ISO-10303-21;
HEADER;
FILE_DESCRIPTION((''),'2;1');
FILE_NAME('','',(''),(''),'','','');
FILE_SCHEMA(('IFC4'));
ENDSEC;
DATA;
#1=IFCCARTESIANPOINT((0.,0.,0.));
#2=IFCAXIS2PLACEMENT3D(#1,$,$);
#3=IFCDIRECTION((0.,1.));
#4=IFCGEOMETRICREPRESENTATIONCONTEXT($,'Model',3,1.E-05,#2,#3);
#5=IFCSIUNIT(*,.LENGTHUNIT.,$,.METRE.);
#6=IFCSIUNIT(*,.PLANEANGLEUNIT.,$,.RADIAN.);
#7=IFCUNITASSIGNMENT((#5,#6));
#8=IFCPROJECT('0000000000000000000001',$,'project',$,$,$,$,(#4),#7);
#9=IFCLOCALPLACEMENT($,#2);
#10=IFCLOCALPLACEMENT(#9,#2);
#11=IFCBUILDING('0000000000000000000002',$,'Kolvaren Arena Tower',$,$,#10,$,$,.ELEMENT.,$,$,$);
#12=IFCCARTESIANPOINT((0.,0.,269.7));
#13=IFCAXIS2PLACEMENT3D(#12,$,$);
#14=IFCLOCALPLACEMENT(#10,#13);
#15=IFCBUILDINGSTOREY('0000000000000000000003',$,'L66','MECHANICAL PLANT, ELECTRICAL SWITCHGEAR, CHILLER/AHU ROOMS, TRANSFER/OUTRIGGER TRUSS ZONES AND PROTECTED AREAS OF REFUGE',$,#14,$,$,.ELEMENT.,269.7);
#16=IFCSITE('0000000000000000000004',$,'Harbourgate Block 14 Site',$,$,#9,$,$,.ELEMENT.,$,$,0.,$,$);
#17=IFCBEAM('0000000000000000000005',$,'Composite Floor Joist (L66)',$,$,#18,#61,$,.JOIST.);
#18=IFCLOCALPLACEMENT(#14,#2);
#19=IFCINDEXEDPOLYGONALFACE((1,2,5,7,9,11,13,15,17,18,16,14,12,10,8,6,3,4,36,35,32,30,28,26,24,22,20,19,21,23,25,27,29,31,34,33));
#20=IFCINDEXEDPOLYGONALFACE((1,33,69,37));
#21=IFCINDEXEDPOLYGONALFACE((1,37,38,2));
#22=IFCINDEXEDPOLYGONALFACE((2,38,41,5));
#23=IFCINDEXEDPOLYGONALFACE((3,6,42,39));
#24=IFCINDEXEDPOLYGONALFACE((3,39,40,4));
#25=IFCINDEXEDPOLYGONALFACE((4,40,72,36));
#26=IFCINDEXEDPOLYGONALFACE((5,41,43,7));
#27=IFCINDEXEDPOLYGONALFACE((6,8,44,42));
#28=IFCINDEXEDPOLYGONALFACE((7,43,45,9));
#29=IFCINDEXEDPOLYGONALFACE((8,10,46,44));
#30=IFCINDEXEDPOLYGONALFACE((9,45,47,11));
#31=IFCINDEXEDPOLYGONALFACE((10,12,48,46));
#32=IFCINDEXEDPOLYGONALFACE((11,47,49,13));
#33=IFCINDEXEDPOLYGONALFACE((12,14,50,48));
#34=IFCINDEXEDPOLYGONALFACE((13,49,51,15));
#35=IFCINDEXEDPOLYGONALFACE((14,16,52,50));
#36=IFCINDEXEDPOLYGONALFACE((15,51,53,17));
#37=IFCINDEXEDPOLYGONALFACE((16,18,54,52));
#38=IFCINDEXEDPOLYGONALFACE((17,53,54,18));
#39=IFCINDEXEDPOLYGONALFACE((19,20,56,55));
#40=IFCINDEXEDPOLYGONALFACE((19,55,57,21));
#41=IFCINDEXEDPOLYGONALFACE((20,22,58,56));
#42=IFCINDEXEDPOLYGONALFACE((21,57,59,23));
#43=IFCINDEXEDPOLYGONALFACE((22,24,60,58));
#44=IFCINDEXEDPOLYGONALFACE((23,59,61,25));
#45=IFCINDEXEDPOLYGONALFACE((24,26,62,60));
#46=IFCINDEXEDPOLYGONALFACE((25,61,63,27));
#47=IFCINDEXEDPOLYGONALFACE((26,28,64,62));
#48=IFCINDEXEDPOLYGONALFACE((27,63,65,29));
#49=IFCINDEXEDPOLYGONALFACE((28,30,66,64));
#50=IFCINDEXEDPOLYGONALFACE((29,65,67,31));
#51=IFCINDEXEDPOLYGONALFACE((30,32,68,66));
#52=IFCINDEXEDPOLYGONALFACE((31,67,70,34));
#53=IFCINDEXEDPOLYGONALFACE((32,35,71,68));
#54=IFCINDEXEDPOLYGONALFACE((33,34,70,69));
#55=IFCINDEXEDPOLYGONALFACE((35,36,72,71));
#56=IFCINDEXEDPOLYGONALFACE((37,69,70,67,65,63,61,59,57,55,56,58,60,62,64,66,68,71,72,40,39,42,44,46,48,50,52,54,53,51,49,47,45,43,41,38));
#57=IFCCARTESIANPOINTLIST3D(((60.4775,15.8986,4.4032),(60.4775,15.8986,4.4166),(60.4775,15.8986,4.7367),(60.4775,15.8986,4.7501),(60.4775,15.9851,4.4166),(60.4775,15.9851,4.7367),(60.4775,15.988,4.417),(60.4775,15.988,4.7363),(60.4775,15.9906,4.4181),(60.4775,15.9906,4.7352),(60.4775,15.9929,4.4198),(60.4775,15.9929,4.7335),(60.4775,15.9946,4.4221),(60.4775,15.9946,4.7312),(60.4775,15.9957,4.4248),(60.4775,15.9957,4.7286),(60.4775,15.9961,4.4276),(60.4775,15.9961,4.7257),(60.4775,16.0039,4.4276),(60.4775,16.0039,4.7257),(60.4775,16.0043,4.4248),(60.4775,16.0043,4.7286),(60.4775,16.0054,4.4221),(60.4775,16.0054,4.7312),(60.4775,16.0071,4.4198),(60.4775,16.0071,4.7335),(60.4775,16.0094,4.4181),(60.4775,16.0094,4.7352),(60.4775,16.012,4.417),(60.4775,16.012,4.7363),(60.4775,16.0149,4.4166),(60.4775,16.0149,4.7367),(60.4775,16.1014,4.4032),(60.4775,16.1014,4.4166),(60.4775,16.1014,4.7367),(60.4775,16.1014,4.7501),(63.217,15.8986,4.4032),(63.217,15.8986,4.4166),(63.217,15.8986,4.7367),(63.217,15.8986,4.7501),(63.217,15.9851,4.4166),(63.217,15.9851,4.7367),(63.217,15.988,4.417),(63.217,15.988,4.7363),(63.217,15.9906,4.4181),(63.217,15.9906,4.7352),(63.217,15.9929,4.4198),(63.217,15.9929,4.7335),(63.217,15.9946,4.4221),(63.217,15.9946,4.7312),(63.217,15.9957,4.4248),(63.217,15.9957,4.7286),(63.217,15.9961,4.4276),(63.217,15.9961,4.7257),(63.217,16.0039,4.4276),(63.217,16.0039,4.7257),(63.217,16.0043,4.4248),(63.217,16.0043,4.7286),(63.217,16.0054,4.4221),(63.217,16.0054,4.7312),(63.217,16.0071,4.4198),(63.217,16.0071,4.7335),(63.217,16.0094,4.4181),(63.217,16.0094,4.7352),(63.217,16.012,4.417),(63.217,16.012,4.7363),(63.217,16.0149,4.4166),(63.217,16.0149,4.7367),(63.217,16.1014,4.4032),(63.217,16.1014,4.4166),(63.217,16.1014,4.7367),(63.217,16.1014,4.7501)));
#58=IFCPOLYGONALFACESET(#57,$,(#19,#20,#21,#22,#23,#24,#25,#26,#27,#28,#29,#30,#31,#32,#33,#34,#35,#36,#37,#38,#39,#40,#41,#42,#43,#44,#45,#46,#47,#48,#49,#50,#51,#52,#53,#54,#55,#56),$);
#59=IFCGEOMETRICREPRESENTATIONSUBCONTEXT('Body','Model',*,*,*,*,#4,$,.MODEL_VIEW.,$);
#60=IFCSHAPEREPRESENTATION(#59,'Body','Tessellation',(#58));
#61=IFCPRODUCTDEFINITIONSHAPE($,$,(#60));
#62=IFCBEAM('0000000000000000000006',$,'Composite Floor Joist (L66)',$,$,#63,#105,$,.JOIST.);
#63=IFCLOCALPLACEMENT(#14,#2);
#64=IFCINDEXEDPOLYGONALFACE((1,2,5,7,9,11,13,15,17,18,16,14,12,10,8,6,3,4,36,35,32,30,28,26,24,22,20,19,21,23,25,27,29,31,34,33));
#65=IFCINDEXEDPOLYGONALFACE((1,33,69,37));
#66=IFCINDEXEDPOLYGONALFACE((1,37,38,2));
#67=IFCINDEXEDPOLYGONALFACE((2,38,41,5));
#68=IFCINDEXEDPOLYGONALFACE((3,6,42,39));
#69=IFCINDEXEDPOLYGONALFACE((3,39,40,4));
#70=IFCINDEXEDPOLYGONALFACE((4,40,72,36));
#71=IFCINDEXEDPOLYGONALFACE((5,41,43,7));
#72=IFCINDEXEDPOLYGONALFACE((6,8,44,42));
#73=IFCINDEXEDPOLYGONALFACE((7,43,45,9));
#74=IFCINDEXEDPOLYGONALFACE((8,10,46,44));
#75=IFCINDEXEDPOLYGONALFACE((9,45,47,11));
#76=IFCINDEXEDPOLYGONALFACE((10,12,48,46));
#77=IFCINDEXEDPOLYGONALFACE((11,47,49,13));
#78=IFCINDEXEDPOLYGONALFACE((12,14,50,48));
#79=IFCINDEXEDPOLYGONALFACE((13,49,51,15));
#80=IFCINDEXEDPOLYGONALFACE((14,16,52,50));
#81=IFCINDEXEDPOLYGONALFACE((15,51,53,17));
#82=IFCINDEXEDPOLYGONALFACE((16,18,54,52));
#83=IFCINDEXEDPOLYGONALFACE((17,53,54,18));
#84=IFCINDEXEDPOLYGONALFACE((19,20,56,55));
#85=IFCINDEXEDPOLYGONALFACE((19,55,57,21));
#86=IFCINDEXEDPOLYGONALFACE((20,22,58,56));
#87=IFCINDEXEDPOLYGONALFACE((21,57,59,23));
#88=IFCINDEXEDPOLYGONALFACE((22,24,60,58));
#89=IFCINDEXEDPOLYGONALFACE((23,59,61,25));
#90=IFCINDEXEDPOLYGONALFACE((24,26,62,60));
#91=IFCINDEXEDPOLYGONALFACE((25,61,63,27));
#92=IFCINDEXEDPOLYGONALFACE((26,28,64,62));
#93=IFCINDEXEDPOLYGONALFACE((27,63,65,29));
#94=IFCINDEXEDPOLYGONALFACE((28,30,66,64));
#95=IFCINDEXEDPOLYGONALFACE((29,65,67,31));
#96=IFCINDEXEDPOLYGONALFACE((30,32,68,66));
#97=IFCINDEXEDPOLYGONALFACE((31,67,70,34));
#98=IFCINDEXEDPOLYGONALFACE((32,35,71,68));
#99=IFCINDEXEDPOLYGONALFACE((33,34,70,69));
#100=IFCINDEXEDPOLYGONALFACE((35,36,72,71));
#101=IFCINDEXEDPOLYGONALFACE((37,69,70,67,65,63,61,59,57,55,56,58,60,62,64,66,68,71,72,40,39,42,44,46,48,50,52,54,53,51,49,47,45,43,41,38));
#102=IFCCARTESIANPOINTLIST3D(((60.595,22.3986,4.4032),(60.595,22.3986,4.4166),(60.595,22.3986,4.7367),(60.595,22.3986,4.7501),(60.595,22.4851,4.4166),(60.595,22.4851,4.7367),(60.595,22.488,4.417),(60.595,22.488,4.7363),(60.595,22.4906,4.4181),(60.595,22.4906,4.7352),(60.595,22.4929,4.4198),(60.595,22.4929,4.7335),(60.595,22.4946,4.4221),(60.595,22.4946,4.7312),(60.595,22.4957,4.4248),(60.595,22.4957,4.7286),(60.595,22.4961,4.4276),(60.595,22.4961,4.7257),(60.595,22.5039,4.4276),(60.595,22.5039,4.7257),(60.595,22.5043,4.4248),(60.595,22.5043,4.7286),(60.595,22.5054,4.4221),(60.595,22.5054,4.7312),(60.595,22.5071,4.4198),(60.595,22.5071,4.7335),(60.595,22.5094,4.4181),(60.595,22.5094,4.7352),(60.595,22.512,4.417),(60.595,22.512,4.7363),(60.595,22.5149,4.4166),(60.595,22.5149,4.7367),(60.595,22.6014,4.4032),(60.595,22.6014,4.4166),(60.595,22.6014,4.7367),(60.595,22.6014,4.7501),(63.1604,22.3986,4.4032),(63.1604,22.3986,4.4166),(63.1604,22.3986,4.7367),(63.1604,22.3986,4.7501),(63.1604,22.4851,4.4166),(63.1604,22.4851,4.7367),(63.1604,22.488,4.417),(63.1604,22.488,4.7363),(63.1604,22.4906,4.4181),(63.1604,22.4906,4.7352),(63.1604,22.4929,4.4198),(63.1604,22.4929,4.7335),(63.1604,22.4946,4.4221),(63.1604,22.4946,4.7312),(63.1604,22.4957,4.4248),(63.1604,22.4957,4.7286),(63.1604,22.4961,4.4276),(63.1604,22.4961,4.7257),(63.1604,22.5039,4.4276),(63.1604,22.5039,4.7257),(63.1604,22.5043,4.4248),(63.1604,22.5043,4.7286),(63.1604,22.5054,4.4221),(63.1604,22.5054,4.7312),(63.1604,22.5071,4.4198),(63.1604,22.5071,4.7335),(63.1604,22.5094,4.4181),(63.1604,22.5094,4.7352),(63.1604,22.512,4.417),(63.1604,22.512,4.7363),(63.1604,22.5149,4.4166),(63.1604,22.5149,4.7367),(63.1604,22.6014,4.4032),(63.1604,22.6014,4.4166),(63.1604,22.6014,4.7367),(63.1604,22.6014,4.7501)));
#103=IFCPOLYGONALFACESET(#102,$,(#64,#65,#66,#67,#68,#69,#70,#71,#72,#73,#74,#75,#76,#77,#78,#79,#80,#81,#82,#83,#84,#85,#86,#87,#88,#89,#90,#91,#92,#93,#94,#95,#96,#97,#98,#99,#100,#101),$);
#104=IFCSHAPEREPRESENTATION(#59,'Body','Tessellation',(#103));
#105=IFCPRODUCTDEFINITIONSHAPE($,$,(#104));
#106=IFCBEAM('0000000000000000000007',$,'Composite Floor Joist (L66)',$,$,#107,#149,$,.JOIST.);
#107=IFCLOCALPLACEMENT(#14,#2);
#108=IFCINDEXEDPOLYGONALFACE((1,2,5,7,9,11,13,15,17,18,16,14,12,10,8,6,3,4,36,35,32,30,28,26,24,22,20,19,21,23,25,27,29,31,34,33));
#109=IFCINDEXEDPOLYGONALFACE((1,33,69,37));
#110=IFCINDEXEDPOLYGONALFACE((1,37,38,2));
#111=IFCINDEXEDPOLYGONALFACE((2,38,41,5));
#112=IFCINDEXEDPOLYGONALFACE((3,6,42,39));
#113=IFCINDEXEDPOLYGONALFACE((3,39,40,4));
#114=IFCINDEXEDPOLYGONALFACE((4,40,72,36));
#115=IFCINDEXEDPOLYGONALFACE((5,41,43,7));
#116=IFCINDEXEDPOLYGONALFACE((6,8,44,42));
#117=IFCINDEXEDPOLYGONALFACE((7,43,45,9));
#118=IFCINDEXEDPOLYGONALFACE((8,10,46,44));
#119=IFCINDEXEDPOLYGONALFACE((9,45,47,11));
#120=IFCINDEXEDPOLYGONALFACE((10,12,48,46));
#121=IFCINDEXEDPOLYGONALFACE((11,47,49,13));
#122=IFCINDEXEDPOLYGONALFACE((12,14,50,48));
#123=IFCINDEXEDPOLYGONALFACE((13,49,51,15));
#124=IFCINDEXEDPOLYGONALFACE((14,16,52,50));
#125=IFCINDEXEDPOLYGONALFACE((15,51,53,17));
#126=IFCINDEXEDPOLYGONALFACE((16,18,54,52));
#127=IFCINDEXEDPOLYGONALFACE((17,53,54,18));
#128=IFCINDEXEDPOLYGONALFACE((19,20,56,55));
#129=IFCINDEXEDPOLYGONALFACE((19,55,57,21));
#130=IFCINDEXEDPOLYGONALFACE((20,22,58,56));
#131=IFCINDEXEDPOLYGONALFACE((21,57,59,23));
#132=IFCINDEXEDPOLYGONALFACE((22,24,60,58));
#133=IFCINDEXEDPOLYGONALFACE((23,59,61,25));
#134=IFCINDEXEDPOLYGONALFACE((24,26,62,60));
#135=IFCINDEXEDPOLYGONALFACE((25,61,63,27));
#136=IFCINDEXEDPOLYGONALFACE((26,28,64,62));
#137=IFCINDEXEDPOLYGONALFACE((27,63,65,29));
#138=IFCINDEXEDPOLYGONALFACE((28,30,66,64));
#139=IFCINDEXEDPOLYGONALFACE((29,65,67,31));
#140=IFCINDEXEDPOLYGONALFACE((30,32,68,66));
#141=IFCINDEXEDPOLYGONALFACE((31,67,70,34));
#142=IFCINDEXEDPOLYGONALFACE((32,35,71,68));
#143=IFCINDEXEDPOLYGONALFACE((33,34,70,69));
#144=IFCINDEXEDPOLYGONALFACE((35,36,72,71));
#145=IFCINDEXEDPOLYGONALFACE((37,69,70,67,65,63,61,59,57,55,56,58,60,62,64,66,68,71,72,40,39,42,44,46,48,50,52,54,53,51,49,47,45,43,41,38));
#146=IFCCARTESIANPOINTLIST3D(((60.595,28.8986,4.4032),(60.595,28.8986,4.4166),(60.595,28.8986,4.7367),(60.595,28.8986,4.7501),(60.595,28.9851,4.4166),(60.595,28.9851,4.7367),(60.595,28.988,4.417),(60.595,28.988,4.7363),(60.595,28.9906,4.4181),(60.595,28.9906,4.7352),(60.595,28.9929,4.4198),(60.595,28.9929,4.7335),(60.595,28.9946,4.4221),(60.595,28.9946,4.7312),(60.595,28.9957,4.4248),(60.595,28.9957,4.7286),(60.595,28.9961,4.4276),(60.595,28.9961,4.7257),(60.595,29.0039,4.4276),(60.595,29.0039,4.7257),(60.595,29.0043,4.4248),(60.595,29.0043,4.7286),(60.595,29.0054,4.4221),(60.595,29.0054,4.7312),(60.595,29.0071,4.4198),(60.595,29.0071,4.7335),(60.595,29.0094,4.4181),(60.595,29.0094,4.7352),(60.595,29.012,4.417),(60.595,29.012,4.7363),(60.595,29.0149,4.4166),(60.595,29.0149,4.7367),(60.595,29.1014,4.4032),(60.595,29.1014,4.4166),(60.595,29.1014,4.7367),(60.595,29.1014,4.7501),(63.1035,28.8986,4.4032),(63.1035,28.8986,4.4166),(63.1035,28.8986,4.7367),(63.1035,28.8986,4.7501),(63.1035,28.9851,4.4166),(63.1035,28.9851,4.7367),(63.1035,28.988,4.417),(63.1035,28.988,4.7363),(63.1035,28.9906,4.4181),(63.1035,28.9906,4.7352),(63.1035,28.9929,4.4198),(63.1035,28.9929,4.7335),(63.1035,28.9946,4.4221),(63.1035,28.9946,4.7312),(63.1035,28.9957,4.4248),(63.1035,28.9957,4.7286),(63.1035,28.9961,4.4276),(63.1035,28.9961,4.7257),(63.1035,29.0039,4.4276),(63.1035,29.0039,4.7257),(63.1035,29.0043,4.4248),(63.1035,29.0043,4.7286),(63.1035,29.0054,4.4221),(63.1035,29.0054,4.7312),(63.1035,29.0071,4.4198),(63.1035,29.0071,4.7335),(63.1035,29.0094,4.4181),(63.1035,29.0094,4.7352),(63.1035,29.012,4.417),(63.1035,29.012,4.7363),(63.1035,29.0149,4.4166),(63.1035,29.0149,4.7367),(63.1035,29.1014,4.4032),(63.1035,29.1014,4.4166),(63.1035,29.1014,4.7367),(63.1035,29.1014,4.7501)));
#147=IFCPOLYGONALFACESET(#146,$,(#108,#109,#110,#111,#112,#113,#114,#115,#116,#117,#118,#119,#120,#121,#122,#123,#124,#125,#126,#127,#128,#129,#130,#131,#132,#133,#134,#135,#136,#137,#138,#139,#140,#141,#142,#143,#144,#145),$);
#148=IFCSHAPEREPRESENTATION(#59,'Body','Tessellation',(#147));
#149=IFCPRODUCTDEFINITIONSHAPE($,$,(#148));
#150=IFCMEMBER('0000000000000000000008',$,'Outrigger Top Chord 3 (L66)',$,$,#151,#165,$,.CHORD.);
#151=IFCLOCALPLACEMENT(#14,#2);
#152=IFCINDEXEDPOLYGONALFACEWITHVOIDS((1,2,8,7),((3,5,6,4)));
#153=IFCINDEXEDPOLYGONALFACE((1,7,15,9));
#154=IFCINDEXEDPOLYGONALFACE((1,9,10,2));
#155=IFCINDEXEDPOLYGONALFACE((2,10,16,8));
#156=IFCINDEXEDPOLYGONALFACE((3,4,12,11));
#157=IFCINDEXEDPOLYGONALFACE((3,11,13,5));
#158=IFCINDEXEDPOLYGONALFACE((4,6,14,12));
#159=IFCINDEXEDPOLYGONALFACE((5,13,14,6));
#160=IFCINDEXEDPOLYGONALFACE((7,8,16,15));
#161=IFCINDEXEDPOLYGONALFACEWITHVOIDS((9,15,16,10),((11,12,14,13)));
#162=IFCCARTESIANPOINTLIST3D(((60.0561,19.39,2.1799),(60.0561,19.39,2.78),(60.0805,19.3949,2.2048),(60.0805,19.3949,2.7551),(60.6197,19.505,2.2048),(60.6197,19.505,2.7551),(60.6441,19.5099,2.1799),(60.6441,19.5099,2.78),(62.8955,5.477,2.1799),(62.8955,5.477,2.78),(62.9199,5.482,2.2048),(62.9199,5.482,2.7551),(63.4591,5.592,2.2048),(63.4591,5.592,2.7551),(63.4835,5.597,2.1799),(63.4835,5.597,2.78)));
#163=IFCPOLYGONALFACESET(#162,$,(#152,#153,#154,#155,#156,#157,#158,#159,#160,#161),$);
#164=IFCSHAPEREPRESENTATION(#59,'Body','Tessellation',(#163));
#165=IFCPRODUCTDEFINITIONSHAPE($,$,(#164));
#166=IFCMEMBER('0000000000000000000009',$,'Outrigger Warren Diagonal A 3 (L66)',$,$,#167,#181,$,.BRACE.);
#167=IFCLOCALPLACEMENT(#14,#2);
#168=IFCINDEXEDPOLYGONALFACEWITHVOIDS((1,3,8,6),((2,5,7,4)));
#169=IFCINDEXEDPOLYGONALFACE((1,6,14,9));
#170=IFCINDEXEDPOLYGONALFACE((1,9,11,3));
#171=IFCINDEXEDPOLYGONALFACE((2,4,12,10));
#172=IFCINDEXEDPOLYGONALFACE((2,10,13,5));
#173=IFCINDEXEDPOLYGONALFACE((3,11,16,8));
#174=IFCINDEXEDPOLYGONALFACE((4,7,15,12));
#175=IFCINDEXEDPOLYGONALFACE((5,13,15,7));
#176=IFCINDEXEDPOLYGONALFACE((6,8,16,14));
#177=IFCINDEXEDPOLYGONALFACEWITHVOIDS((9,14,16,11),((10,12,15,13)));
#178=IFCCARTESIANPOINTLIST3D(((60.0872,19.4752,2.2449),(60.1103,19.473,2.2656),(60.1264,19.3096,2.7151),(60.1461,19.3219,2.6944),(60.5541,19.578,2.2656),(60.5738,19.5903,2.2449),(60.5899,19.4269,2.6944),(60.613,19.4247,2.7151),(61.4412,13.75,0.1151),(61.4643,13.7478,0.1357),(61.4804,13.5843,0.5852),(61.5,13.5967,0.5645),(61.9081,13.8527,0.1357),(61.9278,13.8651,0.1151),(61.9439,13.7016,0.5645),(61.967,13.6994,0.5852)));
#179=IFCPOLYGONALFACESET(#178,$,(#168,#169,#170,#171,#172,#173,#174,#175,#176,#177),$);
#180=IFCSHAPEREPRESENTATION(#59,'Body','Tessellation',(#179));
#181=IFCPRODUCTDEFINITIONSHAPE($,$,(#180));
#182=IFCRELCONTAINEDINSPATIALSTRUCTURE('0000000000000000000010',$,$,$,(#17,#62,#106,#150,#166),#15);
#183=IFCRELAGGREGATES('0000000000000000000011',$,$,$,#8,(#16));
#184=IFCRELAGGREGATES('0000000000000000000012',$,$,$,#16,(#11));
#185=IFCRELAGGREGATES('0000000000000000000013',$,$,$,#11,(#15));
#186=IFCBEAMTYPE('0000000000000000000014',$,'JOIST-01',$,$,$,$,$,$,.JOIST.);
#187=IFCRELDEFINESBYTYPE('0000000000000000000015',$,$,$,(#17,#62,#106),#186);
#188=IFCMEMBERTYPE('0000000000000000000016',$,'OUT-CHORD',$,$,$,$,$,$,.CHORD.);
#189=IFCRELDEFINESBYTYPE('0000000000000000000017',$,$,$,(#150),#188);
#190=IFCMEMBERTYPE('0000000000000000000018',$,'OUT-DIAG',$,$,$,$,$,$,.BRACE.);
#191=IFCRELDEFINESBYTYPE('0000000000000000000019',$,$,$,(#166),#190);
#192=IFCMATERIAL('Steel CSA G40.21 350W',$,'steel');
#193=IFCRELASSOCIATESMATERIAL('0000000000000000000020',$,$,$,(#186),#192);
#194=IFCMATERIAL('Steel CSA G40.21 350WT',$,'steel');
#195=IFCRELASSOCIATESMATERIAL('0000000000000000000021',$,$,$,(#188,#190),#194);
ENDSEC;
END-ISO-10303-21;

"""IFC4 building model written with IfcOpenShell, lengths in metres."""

from ifc_helpers import new_model, si_unit, direction, frame, origin, origin_2d, place, context, subcontext, project, spatial, hollow_rectangle, i_section, extrude, material, material_profile, profile_set, type_object, element, save


model = new_model("IFC4")

# Units and contexts
model_context = context("Model", 3, precision=1e-05, world=origin(), true_north=direction((0.0, 1.0)))
body_context = subcontext(model_context, "Body", "Model", "MODEL_VIEW")
ifc_project = project(units=[si_unit("LENGTHUNIT", "METRE"), si_unit("PLANEANGLEUNIT", "RADIAN")], contexts=[model_context])

# Site, building, storey
site_placement = place(None, origin())
site = spatial("IfcSite", under=ifc_project, at=site_placement, Name="Harbourgate Block 14 Site", CompositionType="ELEMENT", RefElevation=0.0)
building_placement = place(site_placement, origin())
building = spatial("IfcBuilding", under=site, at=building_placement, Name="Kolvaren Arena Tower", CompositionType="ELEMENT")
storey_placement = place(building_placement, frame((0.0, 0.0, 269.7)))
storey = spatial("IfcBuildingStorey", under=building, at=storey_placement, Name="L66", Description="MECHANICAL PLANT, ELECTRICAL SWITCHGEAR, CHILLER/AHU ROOMS, TRANSFER/OUTRIGGER TRUSS ZONES AND PROTECTED AREAS OF REFUGE", CompositionType="ELEMENT", Elevation=269.7)

# Shared definitions
ifc_material_1 = material(Name="Steel CSA G40.21 350W", Category="steel")

# Shared definitions
ifc_material_2 = material(Name="Steel CSA G40.21 350WT", Category="steel")

# Beams
ifc_material_profile_1 = material_profile(ifc_material_1, i_section(OverallWidth=0.2029, OverallDepth=0.3469, WebThickness=0.0078, FlangeThickness=0.0134, FilletRadius=0.011, at=origin_2d()), Name="W360x64")
ifc_profile_set_1 = profile_set([ifc_material_profile_1], Name="Steel CSA G40.21 350W")
beam_type_1 = type_object("IfcBeamType", Name="JOIST-01", PredefinedType="JOIST", material=ifc_profile_set_1)
beam_1_placement = place(storey_placement, frame((60.4775, 16.0, 4.5767), z_axis=(1.0, 0.0, 0.0), x_axis=(0.0, 1.0, 0.0)))
element("IfcBeam", 1, at=beam_1_placement, inside=storey, type_object=beam_type_1, Name="Composite Floor Joist (L66)", PredefinedType="JOIST", context=body_context, shape_type="SweptSolid", body=[
    extrude(i_section(OverallWidth=0.2029, OverallDepth=0.3469, WebThickness=0.0078, FlangeThickness=0.0134, FilletRadius=0.011, at=origin_2d()), origin(), (0.0, 0.0, 1.0), 2.7395),
])
beam_2_placement = place(storey_placement, frame((60.595, 22.5, 4.5767), z_axis=(1.0, 0.0, 0.0), x_axis=(0.0, 1.0, 0.0)))
element("IfcBeam", 2, at=beam_2_placement, inside=storey, type_object=beam_type_1, Name="Composite Floor Joist (L66)", PredefinedType="JOIST", context=body_context, shape_type="SweptSolid", body=[
    extrude(i_section(OverallWidth=0.2029, OverallDepth=0.3469, WebThickness=0.0078, FlangeThickness=0.0134, FilletRadius=0.011, at=origin_2d()), origin(), (0.0, 0.0, 1.0), 2.5654),
])
beam_3_placement = place(storey_placement, frame((60.595, 29.0, 4.5767), z_axis=(1.0, 0.0, 0.0), x_axis=(0.0, 1.0, 0.0)))
element("IfcBeam", 3, at=beam_3_placement, inside=storey, type_object=beam_type_1, Name="Composite Floor Joist (L66)", PredefinedType="JOIST", context=body_context, shape_type="SweptSolid", body=[
    extrude(i_section(OverallWidth=0.2029, OverallDepth=0.3469, WebThickness=0.0078, FlangeThickness=0.0134, FilletRadius=0.011, at=origin_2d()), origin(), (0.0, 0.0, 1.0), 2.5085),
])

# Members
ifc_material_profile_2 = material_profile(ifc_material_2, hollow_rectangle(XDim=0.6001, YDim=0.6001, WallThickness=0.0249, at=origin_2d()), Name="HSS 600x600x25")
ifc_profile_set_2 = profile_set([ifc_material_profile_2], Name="Steel CSA G40.21 350WT")
member_type_1 = type_object("IfcMemberType", Name="OUT-CHORD", PredefinedType="CHORD", material=ifc_profile_set_2)
member_1_placement = place(storey_placement, frame((60.3501, 19.45, 2.48), z_axis=(0.19996, -0.979804, 0.0), x_axis=(0.979804, 0.19996, 0.0)))
element("IfcMember", 4, at=member_1_placement, inside=storey, type_object=member_type_1, Name="Outrigger Top Chord 3 (L66)", PredefinedType="CHORD", context=body_context, shape_type="SweptSolid", body=[
    extrude(hollow_rectangle(XDim=0.6001, YDim=0.6001, WallThickness=0.0249, at=origin_2d()), origin(), (0.0, 0.0, 1.0), 14.1997),
])
ifc_material_profile_3 = material_profile(ifc_material_2, hollow_rectangle(XDim=0.5, YDim=0.5, WallThickness=0.022, at=origin_2d()), Name="HSS 500x500x22")
ifc_profile_set_3 = profile_set([ifc_material_profile_3], Name="Steel CSA G40.21 350WT")
member_type_2 = type_object("IfcMemberType", Name="OUT-DIAG", PredefinedType="BRACE", material=ifc_profile_set_3)
member_2_placement = place(storey_placement, frame((60.3501, 19.45, 2.48), z_axis=(0.2164, -0.915039, -0.340403), x_axis=(0.973156, 0.230145, 0.0)))
element("IfcMember", 5, at=member_2_placement, inside=storey, type_object=member_type_2, Name="Outrigger Warren Diagonal A 3 (L66)", PredefinedType="BRACE", context=body_context, shape_type="SweptSolid", body=[
    extrude(hollow_rectangle(XDim=0.5, YDim=0.5, WallThickness=0.022, at=origin_2d()), origin(), (0.0, 0.0, 1.0), 6.2568),
])

save(model, "model.ifc")
